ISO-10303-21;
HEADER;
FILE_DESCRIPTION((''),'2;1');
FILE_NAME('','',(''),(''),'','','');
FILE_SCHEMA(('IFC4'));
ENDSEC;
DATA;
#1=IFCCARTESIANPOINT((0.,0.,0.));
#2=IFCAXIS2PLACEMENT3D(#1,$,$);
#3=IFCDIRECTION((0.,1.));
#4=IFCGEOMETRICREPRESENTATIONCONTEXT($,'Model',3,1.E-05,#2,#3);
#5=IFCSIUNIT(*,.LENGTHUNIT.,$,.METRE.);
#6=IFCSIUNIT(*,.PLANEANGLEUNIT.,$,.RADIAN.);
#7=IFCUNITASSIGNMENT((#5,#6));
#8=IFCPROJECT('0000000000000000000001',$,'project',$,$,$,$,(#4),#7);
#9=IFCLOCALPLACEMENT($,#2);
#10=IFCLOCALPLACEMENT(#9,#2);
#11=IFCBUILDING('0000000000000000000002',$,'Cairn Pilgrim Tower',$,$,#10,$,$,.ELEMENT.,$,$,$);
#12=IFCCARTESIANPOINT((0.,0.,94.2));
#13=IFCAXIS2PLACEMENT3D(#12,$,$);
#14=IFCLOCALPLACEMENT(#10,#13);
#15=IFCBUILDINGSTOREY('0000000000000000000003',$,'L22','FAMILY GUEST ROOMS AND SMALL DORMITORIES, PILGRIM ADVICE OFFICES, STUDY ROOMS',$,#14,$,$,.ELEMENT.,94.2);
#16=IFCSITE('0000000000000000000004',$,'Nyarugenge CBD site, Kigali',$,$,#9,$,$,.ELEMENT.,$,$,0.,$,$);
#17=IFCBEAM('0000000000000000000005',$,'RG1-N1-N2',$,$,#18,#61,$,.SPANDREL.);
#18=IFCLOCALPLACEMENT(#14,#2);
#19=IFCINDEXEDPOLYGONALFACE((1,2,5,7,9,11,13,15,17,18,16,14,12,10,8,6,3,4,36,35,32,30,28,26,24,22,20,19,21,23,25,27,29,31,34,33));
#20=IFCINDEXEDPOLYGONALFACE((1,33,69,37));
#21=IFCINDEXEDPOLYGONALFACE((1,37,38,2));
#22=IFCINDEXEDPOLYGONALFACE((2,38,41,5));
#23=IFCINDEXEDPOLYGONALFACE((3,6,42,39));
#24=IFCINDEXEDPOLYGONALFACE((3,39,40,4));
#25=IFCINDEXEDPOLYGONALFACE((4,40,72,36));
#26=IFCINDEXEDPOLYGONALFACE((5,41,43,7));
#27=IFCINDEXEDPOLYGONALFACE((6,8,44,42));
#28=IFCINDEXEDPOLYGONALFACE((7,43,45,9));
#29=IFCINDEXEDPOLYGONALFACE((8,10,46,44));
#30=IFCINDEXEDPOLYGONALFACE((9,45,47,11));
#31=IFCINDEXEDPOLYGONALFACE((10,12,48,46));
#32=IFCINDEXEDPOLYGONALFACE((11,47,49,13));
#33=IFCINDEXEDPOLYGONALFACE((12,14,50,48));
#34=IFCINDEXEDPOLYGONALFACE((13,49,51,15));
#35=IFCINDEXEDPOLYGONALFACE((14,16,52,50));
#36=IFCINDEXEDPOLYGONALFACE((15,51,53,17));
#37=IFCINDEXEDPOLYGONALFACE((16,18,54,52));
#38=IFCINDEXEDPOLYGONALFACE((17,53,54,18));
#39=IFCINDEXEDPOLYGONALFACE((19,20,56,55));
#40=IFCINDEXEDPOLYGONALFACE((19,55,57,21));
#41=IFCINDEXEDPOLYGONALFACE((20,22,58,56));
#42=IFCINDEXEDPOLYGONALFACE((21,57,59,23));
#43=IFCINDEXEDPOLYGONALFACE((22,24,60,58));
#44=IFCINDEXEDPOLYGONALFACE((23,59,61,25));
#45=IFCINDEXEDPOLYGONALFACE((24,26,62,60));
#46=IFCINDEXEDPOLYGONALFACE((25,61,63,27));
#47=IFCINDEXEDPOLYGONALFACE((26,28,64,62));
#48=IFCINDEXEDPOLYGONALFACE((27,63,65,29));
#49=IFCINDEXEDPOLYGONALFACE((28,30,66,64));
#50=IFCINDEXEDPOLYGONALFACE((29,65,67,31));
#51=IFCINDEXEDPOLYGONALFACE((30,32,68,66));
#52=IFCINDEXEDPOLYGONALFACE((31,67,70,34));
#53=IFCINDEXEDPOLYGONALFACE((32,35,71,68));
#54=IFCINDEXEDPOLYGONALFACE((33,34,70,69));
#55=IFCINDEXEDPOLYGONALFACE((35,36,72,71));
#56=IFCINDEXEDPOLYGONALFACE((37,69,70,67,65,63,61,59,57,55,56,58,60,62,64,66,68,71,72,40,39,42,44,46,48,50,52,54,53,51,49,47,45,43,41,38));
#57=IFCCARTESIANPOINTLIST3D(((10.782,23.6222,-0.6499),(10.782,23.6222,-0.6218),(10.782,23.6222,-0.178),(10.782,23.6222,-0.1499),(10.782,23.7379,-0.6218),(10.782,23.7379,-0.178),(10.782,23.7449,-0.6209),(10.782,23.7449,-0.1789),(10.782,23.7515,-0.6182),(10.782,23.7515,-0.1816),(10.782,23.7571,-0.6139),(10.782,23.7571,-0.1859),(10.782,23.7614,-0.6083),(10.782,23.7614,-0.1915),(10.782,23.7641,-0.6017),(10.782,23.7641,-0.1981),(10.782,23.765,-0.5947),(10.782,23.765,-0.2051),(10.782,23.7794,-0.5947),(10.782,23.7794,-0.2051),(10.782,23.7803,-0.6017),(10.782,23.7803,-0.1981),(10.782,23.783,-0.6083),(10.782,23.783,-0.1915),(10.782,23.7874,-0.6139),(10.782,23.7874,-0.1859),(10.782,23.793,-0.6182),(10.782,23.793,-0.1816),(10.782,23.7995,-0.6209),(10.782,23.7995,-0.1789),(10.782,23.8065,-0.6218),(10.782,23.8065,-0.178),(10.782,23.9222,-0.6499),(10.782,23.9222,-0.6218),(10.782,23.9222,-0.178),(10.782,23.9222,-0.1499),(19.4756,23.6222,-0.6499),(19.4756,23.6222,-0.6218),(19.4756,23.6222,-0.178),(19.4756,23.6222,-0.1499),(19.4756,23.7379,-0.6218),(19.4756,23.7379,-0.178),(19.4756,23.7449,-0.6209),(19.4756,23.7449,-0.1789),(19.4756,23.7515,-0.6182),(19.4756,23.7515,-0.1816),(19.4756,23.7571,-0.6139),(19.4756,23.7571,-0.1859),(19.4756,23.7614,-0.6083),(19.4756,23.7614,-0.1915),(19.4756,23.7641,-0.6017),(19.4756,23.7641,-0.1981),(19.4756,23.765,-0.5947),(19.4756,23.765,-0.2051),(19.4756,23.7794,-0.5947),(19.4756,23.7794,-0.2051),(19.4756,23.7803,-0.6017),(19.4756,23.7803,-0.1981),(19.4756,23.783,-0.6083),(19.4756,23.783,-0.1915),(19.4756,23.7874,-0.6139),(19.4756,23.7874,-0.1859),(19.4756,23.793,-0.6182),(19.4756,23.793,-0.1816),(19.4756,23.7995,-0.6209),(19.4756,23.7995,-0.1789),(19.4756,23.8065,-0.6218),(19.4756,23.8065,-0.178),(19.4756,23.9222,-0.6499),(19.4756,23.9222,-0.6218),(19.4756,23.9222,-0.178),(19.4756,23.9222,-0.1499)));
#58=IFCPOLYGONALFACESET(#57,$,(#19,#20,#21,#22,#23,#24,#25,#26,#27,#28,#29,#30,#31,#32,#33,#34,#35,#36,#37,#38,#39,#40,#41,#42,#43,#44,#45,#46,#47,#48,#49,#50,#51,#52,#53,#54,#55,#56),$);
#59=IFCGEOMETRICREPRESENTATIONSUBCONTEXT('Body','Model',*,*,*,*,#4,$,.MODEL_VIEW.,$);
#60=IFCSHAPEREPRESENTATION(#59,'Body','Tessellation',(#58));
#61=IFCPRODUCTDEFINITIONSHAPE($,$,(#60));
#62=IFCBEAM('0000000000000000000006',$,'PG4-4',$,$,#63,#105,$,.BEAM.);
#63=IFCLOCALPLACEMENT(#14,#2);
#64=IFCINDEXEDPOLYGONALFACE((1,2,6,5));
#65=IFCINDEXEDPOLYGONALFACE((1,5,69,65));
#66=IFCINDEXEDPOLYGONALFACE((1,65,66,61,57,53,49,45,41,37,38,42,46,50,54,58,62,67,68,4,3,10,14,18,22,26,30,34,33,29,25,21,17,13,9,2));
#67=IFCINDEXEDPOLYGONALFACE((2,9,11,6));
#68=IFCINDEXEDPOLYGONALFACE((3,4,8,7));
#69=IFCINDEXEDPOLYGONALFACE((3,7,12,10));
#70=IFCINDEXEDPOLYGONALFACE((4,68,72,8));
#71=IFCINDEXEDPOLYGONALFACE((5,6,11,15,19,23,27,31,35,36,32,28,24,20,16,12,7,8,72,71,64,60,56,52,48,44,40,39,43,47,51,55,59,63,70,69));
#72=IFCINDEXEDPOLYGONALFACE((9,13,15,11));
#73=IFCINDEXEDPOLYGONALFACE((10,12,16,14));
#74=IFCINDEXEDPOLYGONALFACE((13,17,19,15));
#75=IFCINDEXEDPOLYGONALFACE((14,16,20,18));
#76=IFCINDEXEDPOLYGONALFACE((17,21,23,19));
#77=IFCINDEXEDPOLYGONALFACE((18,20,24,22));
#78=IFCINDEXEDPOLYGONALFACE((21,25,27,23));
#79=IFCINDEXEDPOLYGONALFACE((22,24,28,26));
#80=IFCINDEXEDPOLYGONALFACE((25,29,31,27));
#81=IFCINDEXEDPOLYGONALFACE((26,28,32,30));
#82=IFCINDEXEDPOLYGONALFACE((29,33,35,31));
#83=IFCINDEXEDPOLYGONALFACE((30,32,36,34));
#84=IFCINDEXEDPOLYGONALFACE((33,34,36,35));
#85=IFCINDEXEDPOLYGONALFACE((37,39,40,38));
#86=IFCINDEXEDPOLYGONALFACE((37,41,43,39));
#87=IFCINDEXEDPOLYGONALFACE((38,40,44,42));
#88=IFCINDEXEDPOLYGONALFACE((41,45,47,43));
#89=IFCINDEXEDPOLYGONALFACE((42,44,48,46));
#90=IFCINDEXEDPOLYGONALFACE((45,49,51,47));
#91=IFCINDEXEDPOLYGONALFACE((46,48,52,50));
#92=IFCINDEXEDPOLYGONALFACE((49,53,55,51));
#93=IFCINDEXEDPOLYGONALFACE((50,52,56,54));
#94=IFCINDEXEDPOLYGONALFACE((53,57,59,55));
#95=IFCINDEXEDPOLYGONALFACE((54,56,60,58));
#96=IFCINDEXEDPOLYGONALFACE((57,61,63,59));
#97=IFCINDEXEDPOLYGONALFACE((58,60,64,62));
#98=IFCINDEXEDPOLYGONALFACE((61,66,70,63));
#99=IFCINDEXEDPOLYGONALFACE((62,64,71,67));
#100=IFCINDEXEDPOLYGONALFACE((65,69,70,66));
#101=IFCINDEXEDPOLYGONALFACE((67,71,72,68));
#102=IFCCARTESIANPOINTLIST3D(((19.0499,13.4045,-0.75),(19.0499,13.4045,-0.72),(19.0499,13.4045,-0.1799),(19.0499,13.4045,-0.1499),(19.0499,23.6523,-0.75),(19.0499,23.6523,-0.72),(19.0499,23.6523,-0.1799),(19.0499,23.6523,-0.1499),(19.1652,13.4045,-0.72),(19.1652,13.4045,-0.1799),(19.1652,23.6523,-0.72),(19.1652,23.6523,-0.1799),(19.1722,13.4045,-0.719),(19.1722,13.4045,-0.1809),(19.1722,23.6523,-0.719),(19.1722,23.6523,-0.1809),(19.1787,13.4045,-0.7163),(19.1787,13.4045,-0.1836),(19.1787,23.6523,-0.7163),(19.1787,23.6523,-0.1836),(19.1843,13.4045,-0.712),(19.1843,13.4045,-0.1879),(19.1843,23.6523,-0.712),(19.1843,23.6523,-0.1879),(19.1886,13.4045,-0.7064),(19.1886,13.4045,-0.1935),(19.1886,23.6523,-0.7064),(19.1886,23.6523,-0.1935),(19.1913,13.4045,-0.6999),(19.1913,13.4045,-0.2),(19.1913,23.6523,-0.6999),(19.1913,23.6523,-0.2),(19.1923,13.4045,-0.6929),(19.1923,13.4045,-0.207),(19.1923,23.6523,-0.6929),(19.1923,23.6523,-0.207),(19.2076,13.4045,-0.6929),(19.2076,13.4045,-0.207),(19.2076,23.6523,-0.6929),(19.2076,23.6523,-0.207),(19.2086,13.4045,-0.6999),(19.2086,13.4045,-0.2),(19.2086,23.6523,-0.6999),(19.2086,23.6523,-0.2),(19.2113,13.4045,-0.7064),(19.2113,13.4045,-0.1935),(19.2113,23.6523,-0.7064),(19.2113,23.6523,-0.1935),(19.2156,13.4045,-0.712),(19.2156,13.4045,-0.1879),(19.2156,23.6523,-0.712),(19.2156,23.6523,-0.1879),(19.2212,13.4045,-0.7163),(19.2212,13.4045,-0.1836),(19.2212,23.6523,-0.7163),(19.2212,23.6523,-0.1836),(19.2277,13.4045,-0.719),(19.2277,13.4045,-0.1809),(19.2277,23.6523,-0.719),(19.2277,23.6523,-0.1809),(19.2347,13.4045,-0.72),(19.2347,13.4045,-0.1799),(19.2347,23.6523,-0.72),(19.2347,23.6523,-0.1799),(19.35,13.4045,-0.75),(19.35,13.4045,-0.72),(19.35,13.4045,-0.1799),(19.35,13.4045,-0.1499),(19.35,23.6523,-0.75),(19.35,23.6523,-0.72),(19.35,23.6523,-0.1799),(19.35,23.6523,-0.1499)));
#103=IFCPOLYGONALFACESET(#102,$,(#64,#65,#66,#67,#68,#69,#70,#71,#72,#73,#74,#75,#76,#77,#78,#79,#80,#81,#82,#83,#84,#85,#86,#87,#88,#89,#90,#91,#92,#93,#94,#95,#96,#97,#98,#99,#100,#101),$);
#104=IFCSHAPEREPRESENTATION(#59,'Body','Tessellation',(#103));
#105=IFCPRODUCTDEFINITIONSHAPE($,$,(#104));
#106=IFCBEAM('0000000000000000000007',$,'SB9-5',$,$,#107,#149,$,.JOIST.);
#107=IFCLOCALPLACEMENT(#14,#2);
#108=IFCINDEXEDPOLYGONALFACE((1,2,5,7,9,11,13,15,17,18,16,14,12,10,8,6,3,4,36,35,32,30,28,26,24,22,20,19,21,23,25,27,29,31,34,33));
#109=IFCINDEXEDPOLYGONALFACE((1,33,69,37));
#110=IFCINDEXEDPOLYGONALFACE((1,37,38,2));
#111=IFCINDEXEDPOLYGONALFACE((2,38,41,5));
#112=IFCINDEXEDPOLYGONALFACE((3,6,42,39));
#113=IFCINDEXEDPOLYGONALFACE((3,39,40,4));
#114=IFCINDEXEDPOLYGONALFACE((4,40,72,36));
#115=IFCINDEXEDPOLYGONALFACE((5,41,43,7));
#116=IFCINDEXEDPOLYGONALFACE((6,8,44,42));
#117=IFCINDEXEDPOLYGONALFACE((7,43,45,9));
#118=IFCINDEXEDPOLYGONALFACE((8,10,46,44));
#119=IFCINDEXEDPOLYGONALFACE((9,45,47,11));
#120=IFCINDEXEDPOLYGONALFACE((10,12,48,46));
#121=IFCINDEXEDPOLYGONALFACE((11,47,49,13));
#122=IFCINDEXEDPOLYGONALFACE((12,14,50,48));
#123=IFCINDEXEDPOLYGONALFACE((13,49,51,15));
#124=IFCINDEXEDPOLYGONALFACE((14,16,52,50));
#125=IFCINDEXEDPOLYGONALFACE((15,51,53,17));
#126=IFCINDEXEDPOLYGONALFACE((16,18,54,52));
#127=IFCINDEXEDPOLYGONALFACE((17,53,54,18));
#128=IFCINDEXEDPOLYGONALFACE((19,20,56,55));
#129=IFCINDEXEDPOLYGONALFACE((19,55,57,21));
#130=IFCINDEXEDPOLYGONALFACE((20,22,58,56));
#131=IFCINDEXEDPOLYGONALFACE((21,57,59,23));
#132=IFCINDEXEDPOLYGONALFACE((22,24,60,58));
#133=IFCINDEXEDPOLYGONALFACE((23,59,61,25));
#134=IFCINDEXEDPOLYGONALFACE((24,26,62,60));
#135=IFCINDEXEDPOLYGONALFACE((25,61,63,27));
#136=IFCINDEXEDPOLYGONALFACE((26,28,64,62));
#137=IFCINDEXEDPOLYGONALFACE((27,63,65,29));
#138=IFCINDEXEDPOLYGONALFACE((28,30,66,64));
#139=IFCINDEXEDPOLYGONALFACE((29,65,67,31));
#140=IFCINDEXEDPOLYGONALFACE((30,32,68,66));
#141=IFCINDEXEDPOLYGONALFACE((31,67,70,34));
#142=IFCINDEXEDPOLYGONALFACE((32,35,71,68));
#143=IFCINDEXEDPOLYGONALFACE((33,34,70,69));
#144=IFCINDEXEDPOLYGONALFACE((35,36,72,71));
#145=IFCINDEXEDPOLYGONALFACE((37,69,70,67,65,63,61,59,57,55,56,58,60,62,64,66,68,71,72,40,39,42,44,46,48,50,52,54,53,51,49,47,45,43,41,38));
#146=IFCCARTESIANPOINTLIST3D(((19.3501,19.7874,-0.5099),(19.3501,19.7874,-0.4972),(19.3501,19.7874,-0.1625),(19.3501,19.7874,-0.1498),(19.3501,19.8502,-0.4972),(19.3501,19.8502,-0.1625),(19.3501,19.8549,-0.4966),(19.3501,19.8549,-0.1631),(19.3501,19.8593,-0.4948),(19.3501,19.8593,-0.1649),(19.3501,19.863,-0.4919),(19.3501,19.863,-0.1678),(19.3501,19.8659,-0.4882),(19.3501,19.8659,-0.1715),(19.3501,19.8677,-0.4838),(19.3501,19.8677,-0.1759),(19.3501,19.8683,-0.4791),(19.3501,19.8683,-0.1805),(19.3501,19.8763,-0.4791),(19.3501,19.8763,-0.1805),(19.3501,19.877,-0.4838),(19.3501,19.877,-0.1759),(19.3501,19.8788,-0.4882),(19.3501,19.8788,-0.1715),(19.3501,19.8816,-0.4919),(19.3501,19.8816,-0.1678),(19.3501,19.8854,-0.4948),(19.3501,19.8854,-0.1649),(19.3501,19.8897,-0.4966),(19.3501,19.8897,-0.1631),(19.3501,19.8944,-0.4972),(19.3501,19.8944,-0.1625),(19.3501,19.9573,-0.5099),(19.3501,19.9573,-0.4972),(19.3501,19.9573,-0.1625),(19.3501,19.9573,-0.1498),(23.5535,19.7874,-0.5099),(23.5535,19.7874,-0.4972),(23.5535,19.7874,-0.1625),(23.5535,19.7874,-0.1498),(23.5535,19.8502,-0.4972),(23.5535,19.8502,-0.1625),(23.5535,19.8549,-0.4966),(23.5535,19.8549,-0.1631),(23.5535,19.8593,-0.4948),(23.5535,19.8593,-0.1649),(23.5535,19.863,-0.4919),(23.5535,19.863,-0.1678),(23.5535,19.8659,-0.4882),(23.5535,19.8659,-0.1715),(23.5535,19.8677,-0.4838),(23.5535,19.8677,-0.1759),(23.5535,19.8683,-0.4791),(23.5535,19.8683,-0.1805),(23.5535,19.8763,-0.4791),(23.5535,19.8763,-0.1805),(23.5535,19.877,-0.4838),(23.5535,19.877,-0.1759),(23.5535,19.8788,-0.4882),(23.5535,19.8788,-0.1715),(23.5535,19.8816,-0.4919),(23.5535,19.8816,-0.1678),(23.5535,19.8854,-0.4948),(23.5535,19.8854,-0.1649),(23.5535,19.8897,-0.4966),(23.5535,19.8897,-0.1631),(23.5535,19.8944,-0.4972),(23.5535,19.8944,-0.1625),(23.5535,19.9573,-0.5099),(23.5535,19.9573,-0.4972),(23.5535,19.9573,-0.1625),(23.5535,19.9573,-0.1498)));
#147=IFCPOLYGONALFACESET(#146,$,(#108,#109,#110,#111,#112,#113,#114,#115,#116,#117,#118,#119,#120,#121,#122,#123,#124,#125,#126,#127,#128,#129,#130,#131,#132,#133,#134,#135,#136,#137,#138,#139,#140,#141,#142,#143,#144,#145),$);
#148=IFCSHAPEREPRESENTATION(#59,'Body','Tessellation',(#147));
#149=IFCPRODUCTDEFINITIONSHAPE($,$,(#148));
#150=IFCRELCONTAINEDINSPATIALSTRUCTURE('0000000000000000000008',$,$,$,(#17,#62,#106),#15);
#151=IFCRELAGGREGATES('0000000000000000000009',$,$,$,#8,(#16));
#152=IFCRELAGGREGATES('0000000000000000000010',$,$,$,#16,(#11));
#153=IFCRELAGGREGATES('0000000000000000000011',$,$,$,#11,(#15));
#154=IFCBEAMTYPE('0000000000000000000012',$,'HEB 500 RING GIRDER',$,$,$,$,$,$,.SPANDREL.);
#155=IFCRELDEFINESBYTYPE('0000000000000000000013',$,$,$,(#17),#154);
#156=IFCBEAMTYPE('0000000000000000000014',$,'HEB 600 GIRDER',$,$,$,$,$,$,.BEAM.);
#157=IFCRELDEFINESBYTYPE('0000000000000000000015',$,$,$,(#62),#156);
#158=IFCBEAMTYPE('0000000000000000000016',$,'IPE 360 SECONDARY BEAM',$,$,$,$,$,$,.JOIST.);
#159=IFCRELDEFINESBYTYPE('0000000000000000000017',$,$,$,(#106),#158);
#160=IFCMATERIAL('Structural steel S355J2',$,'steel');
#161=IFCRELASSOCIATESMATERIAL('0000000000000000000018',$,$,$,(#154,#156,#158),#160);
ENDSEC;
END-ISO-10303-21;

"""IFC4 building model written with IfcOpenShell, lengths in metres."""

from ifc_helpers import new_model, si_unit, direction, frame, origin, origin_2d, place, context, subcontext, project, spatial, i_section, extrude, material, material_profile, profile_set, type_object, element, save


model = new_model("IFC4")

# Units and contexts
model_context = context("Model", 3, precision=1e-05, world=origin(), true_north=direction((0.0, 1.0)))
body_context = subcontext(model_context, "Body", "Model", "MODEL_VIEW")
ifc_project = project(units=[si_unit("LENGTHUNIT", "METRE"), si_unit("PLANEANGLEUNIT", "RADIAN")], contexts=[model_context])

# Site, building, storey
site_placement = place(None, origin())
site = spatial("IfcSite", under=ifc_project, at=site_placement, Name="Nyarugenge CBD site, Kigali", CompositionType="ELEMENT", RefElevation=0.0)
building_placement = place(site_placement, origin())
building = spatial("IfcBuilding", under=site, at=building_placement, Name="Cairn Pilgrim Tower", CompositionType="ELEMENT")
storey_placement = place(building_placement, frame((0.0, 0.0, 94.2)))
storey = spatial("IfcBuildingStorey", under=building, at=storey_placement, Name="L22", Description="FAMILY GUEST ROOMS AND SMALL DORMITORIES, PILGRIM ADVICE OFFICES, STUDY ROOMS", CompositionType="ELEMENT", Elevation=94.2)

# Shared definitions
ifc_material_1 = material(Name="Structural steel S355J2", Category="steel")

# Beams
ifc_material_profile_1 = material_profile(ifc_material_1, i_section(OverallWidth=0.3, OverallDepth=0.5, WebThickness=0.0144, FlangeThickness=0.0281, FilletRadius=0.0271, at=origin_2d()), Name="HEB 500")
ifc_profile_set_1 = profile_set([ifc_material_profile_1], Name="Structural steel S355J2")
beam_type_1 = type_object("IfcBeamType", Name="HEB 500 RING GIRDER", PredefinedType="SPANDREL", material=ifc_profile_set_1)
beam_1_placement = place(storey_placement, frame((19.4756, 23.7722, -0.3999), z_axis=(-1.0, 0.0, 0.0), x_axis=(0.0, -1.0, 0.0)))
element("IfcBeam", 1, at=beam_1_placement, inside=storey, type_object=beam_type_1, Name="RG1-N1-N2", PredefinedType="SPANDREL", context=body_context, shape_type="SweptSolid", body=[
    extrude(i_section(OverallWidth=0.3, OverallDepth=0.5, WebThickness=0.0144, FlangeThickness=0.0281, FilletRadius=0.0271, at=origin_2d()), origin(), (0.0, 0.0, 1.0), 8.6936),
])
ifc_material_profile_2 = material_profile(ifc_material_1, i_section(OverallWidth=0.3, OverallDepth=0.6001, WebThickness=0.0154, FlangeThickness=0.03, FilletRadius=0.0271, at=origin_2d()), Name="HEB 600")
ifc_profile_set_2 = profile_set([ifc_material_profile_2], Name="Structural steel S355J2")
beam_type_2 = type_object("IfcBeamType", Name="HEB 600 GIRDER", PredefinedType="BEAM", material=ifc_profile_set_2)
beam_2_placement = place(storey_placement, frame((19.2, 13.4045, -0.45), z_axis=(0.0, 1.0, 0.0), x_axis=(-1.0, 0.0, 0.0)))
element("IfcBeam", 2, at=beam_2_placement, inside=storey, type_object=beam_type_2, Name="PG4-4", PredefinedType="BEAM", context=body_context, shape_type="SweptSolid", body=[
    extrude(i_section(OverallWidth=0.3, OverallDepth=0.6001, WebThickness=0.0154, FlangeThickness=0.03, FilletRadius=0.0271, at=origin_2d()), origin(), (0.0, 0.0, 1.0), 10.2478),
])
ifc_material_profile_3 = material_profile(ifc_material_1, i_section(OverallWidth=0.1699, OverallDepth=0.3601, WebThickness=0.0081, FlangeThickness=0.0127, FilletRadius=0.0181, at=origin_2d()), Name="IPE 360")
ifc_profile_set_3 = profile_set([ifc_material_profile_3], Name="Structural steel S355J2")
beam_type_3 = type_object("IfcBeamType", Name="IPE 360 SECONDARY BEAM", PredefinedType="JOIST", material=ifc_profile_set_3)
beam_3_placement = place(storey_placement, frame((19.3501, 19.8723, -0.3298), z_axis=(1.0, 0.0, 0.0), x_axis=(0.0, 1.0, 0.0)))
element("IfcBeam", 3, at=beam_3_placement, inside=storey, type_object=beam_type_3, Name="SB9-5", PredefinedType="JOIST", context=body_context, shape_type="SweptSolid", body=[
    extrude(i_section(OverallWidth=0.1699, OverallDepth=0.3601, WebThickness=0.0081, FlangeThickness=0.0127, FilletRadius=0.0181, at=origin_2d()), origin(), (0.0, 0.0, 1.0), 4.2034),
])

save(model, "model.ifc")
